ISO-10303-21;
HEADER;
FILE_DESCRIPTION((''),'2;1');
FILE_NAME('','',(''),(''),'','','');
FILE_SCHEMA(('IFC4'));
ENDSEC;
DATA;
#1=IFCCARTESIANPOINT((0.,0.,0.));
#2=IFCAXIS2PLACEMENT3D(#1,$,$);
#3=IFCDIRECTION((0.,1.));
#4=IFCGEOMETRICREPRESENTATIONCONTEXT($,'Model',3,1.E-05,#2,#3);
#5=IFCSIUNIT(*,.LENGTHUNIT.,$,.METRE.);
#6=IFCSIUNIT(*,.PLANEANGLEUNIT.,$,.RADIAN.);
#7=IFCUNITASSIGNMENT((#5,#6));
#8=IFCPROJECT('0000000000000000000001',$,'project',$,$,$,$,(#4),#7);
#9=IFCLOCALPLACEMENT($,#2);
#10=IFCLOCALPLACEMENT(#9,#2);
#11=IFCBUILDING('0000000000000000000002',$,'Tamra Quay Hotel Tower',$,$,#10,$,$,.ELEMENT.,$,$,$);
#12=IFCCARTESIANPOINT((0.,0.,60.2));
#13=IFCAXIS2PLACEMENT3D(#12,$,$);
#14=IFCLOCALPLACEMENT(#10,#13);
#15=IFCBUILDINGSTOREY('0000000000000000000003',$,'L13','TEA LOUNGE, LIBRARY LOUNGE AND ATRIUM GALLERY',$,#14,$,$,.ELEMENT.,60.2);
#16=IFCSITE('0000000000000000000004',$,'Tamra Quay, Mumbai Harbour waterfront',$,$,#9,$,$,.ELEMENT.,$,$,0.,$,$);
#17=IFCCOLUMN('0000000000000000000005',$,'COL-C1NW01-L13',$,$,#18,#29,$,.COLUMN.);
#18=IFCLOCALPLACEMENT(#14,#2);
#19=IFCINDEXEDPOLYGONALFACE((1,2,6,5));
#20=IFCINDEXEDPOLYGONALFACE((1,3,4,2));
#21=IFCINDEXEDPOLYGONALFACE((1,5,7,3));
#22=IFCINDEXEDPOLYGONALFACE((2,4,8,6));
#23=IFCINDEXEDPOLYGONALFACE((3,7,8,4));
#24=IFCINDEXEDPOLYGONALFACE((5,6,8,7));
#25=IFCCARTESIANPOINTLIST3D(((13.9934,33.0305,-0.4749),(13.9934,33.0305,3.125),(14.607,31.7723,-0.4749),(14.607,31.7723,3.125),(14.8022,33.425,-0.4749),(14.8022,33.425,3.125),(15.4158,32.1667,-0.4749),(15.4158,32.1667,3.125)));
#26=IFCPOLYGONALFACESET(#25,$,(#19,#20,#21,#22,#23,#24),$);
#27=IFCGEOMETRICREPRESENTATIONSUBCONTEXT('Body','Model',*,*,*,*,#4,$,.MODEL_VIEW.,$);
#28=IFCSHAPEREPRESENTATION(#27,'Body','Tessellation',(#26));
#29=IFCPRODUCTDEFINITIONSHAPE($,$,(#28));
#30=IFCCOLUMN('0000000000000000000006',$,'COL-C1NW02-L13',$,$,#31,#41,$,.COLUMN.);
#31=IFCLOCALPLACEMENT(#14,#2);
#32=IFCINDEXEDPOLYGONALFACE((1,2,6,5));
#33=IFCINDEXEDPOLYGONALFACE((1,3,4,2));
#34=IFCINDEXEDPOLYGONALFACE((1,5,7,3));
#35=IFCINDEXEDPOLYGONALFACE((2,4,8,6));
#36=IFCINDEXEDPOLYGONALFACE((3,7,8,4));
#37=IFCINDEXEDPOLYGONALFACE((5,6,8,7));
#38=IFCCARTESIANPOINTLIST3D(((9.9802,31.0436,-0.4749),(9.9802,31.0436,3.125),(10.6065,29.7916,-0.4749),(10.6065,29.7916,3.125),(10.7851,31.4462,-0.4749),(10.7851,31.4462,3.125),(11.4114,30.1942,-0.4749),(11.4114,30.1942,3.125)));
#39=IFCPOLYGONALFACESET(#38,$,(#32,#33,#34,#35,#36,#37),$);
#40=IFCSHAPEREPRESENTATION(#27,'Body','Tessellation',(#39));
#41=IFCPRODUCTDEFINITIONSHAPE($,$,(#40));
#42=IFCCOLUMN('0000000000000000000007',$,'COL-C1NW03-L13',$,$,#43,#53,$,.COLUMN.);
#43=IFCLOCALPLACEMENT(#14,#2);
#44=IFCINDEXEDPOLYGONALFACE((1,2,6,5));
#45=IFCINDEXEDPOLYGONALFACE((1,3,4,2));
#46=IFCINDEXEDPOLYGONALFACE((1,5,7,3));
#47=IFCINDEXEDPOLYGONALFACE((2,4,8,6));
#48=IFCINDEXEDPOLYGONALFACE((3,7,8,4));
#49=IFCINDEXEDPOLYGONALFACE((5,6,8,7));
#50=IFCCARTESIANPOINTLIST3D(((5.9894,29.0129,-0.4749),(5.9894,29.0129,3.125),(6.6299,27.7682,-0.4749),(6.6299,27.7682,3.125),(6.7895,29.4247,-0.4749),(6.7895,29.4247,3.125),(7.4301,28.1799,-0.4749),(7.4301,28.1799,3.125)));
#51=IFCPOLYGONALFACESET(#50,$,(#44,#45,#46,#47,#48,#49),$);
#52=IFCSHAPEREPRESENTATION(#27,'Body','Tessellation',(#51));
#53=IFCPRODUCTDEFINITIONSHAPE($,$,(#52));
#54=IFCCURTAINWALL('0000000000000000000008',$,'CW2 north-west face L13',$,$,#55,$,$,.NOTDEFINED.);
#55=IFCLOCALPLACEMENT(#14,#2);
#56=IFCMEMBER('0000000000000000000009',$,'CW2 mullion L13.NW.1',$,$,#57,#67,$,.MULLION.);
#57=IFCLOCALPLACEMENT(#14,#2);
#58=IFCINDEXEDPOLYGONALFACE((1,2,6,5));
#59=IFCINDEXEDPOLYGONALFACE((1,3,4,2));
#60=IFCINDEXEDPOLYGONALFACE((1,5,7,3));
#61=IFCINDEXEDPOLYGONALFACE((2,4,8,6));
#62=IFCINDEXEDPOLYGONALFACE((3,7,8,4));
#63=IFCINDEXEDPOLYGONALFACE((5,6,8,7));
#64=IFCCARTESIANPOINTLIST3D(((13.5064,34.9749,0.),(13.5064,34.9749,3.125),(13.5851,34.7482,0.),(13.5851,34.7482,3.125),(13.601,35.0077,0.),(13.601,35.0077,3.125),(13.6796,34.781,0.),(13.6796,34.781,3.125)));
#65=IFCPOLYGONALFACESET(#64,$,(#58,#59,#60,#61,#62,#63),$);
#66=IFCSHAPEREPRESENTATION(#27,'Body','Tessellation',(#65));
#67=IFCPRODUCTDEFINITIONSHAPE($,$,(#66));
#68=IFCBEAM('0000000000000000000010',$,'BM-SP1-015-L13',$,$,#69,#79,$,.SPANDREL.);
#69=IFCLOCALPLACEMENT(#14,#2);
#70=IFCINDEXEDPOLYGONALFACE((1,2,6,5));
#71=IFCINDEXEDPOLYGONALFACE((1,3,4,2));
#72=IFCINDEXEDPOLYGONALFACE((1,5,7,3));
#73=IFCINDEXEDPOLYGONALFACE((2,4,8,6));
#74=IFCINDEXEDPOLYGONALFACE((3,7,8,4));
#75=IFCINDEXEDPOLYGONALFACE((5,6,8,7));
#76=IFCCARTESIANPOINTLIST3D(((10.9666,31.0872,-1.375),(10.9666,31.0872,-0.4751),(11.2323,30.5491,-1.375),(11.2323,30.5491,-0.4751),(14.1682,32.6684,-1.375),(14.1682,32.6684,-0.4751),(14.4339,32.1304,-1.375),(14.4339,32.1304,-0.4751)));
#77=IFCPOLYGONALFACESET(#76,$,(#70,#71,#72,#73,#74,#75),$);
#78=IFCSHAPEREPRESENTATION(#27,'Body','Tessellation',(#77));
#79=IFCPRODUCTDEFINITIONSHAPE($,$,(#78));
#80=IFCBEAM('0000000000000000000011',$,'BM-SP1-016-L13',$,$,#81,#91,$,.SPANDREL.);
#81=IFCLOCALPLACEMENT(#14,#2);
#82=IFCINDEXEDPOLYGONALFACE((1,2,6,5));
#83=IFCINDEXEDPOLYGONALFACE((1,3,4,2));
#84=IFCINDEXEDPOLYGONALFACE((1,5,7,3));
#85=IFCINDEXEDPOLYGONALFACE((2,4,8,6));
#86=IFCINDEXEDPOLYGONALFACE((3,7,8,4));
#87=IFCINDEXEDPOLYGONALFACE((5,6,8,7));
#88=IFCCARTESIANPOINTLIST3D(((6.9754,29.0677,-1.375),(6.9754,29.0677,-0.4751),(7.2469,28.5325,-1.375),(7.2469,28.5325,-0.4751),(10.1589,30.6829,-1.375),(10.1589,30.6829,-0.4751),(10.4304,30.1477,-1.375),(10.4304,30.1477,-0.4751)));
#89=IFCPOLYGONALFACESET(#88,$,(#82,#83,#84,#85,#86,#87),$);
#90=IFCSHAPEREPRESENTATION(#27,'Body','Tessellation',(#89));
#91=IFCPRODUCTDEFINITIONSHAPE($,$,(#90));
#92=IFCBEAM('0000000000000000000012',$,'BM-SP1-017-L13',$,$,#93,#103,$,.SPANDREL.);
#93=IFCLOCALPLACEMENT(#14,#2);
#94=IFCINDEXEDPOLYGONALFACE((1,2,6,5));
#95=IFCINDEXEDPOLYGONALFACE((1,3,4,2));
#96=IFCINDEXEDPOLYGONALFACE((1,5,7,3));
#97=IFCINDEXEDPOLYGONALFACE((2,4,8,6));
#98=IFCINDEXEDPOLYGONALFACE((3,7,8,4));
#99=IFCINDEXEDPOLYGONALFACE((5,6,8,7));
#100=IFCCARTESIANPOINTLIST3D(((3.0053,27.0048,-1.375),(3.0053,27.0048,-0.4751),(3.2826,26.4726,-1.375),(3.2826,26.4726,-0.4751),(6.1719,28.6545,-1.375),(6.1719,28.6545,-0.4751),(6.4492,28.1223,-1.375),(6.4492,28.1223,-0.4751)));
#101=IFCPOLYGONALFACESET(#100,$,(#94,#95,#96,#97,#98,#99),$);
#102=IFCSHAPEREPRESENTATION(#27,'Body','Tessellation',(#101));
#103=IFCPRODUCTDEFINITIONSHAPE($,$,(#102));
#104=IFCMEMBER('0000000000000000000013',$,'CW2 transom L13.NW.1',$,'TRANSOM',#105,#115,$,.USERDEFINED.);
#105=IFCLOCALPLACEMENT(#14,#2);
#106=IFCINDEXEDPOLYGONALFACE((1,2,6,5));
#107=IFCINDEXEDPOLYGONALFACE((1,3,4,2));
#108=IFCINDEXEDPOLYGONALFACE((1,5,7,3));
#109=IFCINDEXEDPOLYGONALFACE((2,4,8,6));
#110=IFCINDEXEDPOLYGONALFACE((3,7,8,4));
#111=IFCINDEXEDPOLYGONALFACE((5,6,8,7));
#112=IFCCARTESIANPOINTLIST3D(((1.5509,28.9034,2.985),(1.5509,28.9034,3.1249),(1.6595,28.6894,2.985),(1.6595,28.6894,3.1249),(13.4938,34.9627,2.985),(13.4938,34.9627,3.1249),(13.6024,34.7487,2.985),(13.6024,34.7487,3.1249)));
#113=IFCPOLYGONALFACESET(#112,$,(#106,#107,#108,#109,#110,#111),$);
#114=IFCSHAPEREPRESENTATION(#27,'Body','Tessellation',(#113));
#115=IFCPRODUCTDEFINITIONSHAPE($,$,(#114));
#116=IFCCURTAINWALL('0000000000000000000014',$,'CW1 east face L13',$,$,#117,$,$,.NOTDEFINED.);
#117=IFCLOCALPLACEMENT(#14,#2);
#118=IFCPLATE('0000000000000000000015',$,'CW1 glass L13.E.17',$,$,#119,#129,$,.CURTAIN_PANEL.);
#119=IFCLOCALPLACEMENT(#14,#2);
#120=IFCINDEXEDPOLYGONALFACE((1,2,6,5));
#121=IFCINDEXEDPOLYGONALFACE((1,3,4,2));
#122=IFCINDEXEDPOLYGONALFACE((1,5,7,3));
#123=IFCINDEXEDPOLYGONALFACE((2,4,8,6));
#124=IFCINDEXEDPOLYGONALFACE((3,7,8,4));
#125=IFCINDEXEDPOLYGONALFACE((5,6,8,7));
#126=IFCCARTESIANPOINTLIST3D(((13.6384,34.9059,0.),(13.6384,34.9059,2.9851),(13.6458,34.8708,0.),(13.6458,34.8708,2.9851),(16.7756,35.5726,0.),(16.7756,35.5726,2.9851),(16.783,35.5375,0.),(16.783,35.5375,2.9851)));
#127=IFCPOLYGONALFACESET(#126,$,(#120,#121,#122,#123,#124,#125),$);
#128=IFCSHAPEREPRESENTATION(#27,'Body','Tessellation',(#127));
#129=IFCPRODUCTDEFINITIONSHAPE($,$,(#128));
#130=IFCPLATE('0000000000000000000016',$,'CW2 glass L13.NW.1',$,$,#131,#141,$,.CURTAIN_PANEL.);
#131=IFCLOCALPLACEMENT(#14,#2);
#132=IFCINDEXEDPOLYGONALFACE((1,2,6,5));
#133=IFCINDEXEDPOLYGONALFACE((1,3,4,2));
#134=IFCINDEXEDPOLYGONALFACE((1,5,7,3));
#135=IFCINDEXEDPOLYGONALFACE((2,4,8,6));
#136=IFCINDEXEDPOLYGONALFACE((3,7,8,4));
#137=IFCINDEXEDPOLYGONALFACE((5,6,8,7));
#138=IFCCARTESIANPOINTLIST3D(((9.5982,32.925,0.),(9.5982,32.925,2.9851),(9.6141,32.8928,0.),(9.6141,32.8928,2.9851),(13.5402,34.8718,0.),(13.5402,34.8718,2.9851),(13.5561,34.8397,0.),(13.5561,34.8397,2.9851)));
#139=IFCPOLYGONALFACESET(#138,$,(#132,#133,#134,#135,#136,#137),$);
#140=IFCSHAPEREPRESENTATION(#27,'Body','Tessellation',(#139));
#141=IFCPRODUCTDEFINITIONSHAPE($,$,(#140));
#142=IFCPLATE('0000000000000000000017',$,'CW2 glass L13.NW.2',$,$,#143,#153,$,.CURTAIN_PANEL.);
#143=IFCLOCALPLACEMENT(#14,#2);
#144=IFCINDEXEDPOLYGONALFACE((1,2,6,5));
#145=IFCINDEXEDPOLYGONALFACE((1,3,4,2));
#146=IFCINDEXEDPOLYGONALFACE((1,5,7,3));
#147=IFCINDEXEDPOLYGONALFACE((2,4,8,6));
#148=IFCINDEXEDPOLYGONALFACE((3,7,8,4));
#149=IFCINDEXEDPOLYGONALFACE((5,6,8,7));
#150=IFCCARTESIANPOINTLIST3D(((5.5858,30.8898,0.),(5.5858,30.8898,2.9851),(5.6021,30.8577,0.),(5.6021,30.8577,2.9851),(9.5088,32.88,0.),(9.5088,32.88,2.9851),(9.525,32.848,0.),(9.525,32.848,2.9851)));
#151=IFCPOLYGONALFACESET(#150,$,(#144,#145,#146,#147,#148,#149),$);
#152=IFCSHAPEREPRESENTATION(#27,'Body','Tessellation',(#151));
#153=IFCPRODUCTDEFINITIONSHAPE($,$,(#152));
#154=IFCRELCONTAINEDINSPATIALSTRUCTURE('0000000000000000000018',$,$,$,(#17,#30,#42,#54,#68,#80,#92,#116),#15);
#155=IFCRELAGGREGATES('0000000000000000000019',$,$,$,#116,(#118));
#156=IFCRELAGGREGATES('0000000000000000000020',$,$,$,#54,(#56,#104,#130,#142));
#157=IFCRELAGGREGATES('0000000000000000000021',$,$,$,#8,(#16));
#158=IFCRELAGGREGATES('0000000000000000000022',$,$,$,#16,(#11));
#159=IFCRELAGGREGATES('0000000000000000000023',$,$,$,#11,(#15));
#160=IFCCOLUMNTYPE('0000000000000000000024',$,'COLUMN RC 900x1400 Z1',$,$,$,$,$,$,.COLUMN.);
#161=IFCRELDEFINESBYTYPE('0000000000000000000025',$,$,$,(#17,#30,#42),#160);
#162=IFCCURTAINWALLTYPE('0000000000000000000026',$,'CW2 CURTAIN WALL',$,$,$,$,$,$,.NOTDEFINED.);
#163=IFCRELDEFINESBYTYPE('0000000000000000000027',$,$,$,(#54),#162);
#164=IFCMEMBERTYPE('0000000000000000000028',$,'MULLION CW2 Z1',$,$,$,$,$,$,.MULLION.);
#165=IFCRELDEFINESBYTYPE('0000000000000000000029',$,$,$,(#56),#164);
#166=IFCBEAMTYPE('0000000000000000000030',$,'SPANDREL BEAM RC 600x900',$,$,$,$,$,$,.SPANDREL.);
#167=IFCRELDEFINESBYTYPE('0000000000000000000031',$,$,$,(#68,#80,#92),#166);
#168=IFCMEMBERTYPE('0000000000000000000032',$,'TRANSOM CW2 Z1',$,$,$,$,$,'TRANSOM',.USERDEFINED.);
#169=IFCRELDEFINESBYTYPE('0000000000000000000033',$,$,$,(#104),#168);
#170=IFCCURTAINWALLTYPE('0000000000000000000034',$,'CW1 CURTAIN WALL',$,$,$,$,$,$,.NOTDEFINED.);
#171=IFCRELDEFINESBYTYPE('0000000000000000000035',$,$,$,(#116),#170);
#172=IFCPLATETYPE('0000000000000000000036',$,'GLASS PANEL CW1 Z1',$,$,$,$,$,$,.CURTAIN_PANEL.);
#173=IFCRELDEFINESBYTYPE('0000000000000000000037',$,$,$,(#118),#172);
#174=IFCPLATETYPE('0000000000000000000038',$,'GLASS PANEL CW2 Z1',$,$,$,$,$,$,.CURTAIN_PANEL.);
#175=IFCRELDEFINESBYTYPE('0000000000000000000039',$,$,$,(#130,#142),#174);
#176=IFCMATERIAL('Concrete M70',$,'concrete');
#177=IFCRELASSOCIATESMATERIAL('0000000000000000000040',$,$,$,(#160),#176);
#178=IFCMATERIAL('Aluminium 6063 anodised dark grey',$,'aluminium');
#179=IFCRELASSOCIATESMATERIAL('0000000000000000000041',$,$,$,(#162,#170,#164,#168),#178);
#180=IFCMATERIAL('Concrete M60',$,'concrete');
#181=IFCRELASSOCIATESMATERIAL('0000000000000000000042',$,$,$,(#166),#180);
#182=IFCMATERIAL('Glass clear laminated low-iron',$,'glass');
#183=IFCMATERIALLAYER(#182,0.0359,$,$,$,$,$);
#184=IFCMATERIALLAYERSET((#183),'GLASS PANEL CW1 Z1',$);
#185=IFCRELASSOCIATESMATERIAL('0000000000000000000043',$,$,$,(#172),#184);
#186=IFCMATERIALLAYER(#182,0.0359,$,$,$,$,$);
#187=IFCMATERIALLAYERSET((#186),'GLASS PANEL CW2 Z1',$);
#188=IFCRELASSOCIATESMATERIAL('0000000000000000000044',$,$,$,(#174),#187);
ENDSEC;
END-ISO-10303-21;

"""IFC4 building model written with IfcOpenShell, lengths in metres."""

from ifc_helpers import new_model, si_unit, direction, frame, origin, origin_2d, place, context, subcontext, project, spatial, rectangle, extrude, material, layer, layer_set, material_profile, profile_set, type_object, element, aggregate, save


model = new_model("IFC4")

# Units and contexts
model_context = context("Model", 3, precision=1e-05, world=origin(), true_north=direction((0.0, 1.0)))
body_context = subcontext(model_context, "Body", "Model", "MODEL_VIEW")
ifc_project = project(units=[si_unit("LENGTHUNIT", "METRE"), si_unit("PLANEANGLEUNIT", "RADIAN")], contexts=[model_context])

# Site, building, storey
site_placement = place(None, origin())
site = spatial("IfcSite", under=ifc_project, at=site_placement, Name="Tamra Quay, Mumbai Harbour waterfront", CompositionType="ELEMENT", RefElevation=0.0)
building_placement = place(site_placement, origin())
building = spatial("IfcBuilding", under=site, at=building_placement, Name="Tamra Quay Hotel Tower", CompositionType="ELEMENT")
storey_placement = place(building_placement, frame((0.0, 0.0, 60.2)))
storey = spatial("IfcBuildingStorey", under=building, at=storey_placement, Name="L13", Description="TEA LOUNGE, LIBRARY LOUNGE AND ATRIUM GALLERY", CompositionType="ELEMENT", Elevation=60.2)

# Columns
ifc_material_1 = material(Name="Concrete M70", Category="concrete")
ifc_material_profile_1 = material_profile(ifc_material_1, rectangle(XDim=1.3999, YDim=0.8999, at=origin_2d()), Name="COLUMN RC 900x1400 Z1")
ifc_profile_set_1 = profile_set([ifc_material_profile_1], Name="Concrete M70")
column_type = type_object("IfcColumnType", Name="COLUMN RC 900x1400 Z1", PredefinedType="COLUMN", material=ifc_profile_set_1)
for number, where, z_axis, x_axis, name in (
    (1, (14.7046, 32.5986, -0.4749), (0.0, 0.0, 1.0), (-0.438341, 0.898809, 0.0), "COL-C1NW01-L13"),
    (2, (10.6958, 30.6189, -0.4749), (0.0, 0.0, 1.0), (-0.447377, 0.894346, 0.0), "COL-C1NW02-L13"),
    (3, (6.7097, 28.5964, -0.4749), (0.0, 0.0, 1.0), (-0.457548, 0.889185, 0.0), "COL-C1NW03-L13"),
):
    element("IfcColumn", number, at=place(storey_placement, frame(where, z_axis=z_axis, x_axis=x_axis)), inside=storey, type_object=column_type, Name=name, PredefinedType="COLUMN", context=body_context, shape_type="SweptSolid", body=[
        extrude(rectangle(XDim=1.3999, YDim=0.8999, at=origin_2d()), origin(), (0.0, 0.0, 1.0), 3.5999),
    ])

# Curtain wall, member
ifc_material_2 = material(Name="Aluminium 6063 anodised dark grey", Category="aluminium")
curtain_wall_type_1 = type_object("IfcCurtainWallType", Name="CW2 CURTAIN WALL", PredefinedType="NOTDEFINED", material=ifc_material_2)
curtain_wall_1_placement = place(storey_placement, origin())
curtain_wall_1 = element("IfcCurtainWall", 4, at=curtain_wall_1_placement, inside=storey, type_object=curtain_wall_type_1, Name="CW2 north-west face L13", PredefinedType="NOTDEFINED")
ifc_material_profile_2 = material_profile(ifc_material_2, rectangle(XDim=0.24, YDim=0.1001, at=origin_2d()), Name="MULLION 100X240")
ifc_profile_set_2 = profile_set([ifc_material_profile_2], Name="Aluminium 6063 anodised dark grey")
member_type_1 = type_object("IfcMemberType", Name="MULLION CW2 Z1", PredefinedType="MULLION", material=ifc_profile_set_2)
member_1_placement = place(storey_placement, frame((13.593, 34.8779, 0.0), z_axis=(0.0, 0.0, 1.0), x_axis=(-0.327898, 0.944713, 0.0)))
member_1 = element("IfcMember", 5, at=member_1_placement, type_object=member_type_1, Name="CW2 mullion L13.NW.1", PredefinedType="MULLION", context=body_context, shape_type="SweptSolid", body=[
    extrude(rectangle(XDim=0.24, YDim=0.1001, at=origin_2d()), origin(), (0.0, 0.0, 1.0), 3.125),
])

# Beams
ifc_material_3 = material(Name="Concrete M60", Category="concrete")
ifc_material_profile_3 = material_profile(ifc_material_3, rectangle(XDim=0.6001, YDim=0.8999, at=origin_2d()), Name="SPANDREL BEAM RC 600x900")
ifc_profile_set_3 = profile_set([ifc_material_profile_3], Name="Concrete M60")
beam_type = type_object("IfcBeamType", Name="SPANDREL BEAM RC 600x900", PredefinedType="SPANDREL", material=ifc_profile_set_3)
beam_1_placement = place(storey_placement, frame((14.301, 32.3994, -0.925), z_axis=(-0.896604, -0.442833, 0.0), x_axis=(0.442833, -0.896604, 0.0)))
element("IfcBeam", 6, at=beam_1_placement, inside=storey, type_object=beam_type, Name="BM-SP1-015-L13", PredefinedType="SPANDREL", context=body_context, shape_type="SweptSolid", body=[
    extrude(rectangle(XDim=0.6001, YDim=0.8999, at=origin_2d()), origin(), (0.0, 0.0, 1.0), 3.5708),
])
beam_2_placement = place(storey_placement, frame((10.2947, 30.4153, -0.925), z_axis=(-0.891786, -0.452458, 0.0), x_axis=(0.452458, -0.891786, 0.0)))
element("IfcBeam", 7, at=beam_2_placement, inside=storey, type_object=beam_type, Name="BM-SP1-016-L13", PredefinedType="SPANDREL", context=body_context, shape_type="SweptSolid", body=[
    extrude(rectangle(XDim=0.6001, YDim=0.8999, at=origin_2d()), origin(), (0.0, 0.0, 1.0), 3.5698),
])
beam_3_placement = place(storey_placement, frame((6.3105, 28.3884, -0.925), z_axis=(-0.886864, -0.462031, 0.0), x_axis=(0.462031, -0.886864, 0.0)))
element("IfcBeam", 8, at=beam_3_placement, inside=storey, type_object=beam_type, Name="BM-SP1-017-L13", PredefinedType="SPANDREL", context=body_context, shape_type="SweptSolid", body=[
    extrude(rectangle(XDim=0.6001, YDim=0.8999, at=origin_2d()), origin(), (0.0, 0.0, 1.0), 3.5706),
])

# Member
ifc_material_profile_4 = material_profile(ifc_material_2, rectangle(XDim=0.24, YDim=0.1399, at=origin_2d()), Name="TRANSOM 240X140")
ifc_profile_set_4 = profile_set([ifc_material_profile_4], Name="Aluminium 6063 anodised dark grey")
member_type_2 = type_object("IfcMemberType", Name="TRANSOM CW2 Z1", ElementType="TRANSOM", PredefinedType="USERDEFINED", material=ifc_profile_set_4)
member_2_placement = place(storey_placement, frame((13.5481, 34.8557, 3.0549), z_axis=(-0.891787, -0.452456, 0.0), x_axis=(0.452456, -0.891787, 0.0)))
member_2 = element("IfcMember", 9, at=member_2_placement, type_object=member_type_2, Name="CW2 transom L13.NW.1", ObjectType="TRANSOM", PredefinedType="USERDEFINED", context=body_context, shape_type="SweptSolid", body=[
    extrude(rectangle(XDim=0.24, YDim=0.1399, at=origin_2d()), origin(), (0.0, 0.0, 1.0), 13.3921),
])

# Curtain wall, plate
curtain_wall_type_2 = type_object("IfcCurtainWallType", Name="CW1 CURTAIN WALL", PredefinedType="NOTDEFINED", material=ifc_material_2)
curtain_wall_2_placement = place(storey_placement, origin())
curtain_wall_2 = element("IfcCurtainWall", 10, at=curtain_wall_2_placement, inside=storey, type_object=curtain_wall_type_2, Name="CW1 east face L13", PredefinedType="NOTDEFINED")
ifc_material_4 = material(Name="Glass clear laminated low-iron", Category="glass")
ifc_layer_1 = layer(ifc_material_4, 0.0359)
ifc_layer_set_1 = layer_set([ifc_layer_1], Name="GLASS PANEL CW1 Z1")
plate_type_1 = type_object("IfcPlateType", Name="GLASS PANEL CW1 Z1", PredefinedType="CURTAIN_PANEL", material=ifc_layer_set_1)
plate_1_placement = place(storey_placement, frame((15.2107, 35.2217, 0.0), z_axis=(0.0, 0.0, 1.0), x_axis=(-0.978153, -0.207887, 0.0)))
plate_1 = element("IfcPlate", 11, at=plate_1_placement, type_object=plate_type_1, Name="CW1 glass L13.E.17", PredefinedType="CURTAIN_PANEL", context=body_context, shape_type="SweptSolid", body=[
    extrude(rectangle(XDim=3.2073, YDim=0.0359, at=origin_2d()), origin(), (0.0, 0.0, 1.0), 2.9851),
])
aggregate(curtain_wall_2, [plate_1])

# Plates
ifc_layer_2 = layer(ifc_material_4, 0.0359)
ifc_layer_set_2 = layer_set([ifc_layer_2], Name="GLASS PANEL CW2 Z1")
plate_type_2 = type_object("IfcPlateType", Name="GLASS PANEL CW2 Z1", PredefinedType="CURTAIN_PANEL", material=ifc_layer_set_2)
plate_2_placement = place(storey_placement, frame((11.5771, 33.8823, 0.0), z_axis=(0.0, 0.0, 1.0), x_axis=(-0.896611, -0.442819, 0.0)))
plate_2 = element("IfcPlate", 12, at=plate_2_placement, type_object=plate_type_2, Name="CW2 glass L13.NW.1", PredefinedType="CURTAIN_PANEL", context=body_context, shape_type="SweptSolid", body=[
    extrude(rectangle(XDim=4.3965, YDim=0.0359, at=origin_2d()), origin(), (0.0, 0.0, 1.0), 2.9851),
])
plate_3_placement = place(storey_placement, frame((7.5554, 31.8689, 0.0), z_axis=(0.0, 0.0, 1.0), x_axis=(-0.89179, -0.45245, 0.0)))
plate_3 = element("IfcPlate", 13, at=plate_3_placement, type_object=plate_type_2, Name="CW2 glass L13.NW.2", PredefinedType="CURTAIN_PANEL", context=body_context, shape_type="SweptSolid", body=[
    extrude(rectangle(XDim=4.3989, YDim=0.0359, at=origin_2d()), origin(), (0.0, 0.0, 1.0), 2.9851),
])
aggregate(curtain_wall_1, [member_1, member_2, plate_2, plate_3])

save(model, "model.ifc")
